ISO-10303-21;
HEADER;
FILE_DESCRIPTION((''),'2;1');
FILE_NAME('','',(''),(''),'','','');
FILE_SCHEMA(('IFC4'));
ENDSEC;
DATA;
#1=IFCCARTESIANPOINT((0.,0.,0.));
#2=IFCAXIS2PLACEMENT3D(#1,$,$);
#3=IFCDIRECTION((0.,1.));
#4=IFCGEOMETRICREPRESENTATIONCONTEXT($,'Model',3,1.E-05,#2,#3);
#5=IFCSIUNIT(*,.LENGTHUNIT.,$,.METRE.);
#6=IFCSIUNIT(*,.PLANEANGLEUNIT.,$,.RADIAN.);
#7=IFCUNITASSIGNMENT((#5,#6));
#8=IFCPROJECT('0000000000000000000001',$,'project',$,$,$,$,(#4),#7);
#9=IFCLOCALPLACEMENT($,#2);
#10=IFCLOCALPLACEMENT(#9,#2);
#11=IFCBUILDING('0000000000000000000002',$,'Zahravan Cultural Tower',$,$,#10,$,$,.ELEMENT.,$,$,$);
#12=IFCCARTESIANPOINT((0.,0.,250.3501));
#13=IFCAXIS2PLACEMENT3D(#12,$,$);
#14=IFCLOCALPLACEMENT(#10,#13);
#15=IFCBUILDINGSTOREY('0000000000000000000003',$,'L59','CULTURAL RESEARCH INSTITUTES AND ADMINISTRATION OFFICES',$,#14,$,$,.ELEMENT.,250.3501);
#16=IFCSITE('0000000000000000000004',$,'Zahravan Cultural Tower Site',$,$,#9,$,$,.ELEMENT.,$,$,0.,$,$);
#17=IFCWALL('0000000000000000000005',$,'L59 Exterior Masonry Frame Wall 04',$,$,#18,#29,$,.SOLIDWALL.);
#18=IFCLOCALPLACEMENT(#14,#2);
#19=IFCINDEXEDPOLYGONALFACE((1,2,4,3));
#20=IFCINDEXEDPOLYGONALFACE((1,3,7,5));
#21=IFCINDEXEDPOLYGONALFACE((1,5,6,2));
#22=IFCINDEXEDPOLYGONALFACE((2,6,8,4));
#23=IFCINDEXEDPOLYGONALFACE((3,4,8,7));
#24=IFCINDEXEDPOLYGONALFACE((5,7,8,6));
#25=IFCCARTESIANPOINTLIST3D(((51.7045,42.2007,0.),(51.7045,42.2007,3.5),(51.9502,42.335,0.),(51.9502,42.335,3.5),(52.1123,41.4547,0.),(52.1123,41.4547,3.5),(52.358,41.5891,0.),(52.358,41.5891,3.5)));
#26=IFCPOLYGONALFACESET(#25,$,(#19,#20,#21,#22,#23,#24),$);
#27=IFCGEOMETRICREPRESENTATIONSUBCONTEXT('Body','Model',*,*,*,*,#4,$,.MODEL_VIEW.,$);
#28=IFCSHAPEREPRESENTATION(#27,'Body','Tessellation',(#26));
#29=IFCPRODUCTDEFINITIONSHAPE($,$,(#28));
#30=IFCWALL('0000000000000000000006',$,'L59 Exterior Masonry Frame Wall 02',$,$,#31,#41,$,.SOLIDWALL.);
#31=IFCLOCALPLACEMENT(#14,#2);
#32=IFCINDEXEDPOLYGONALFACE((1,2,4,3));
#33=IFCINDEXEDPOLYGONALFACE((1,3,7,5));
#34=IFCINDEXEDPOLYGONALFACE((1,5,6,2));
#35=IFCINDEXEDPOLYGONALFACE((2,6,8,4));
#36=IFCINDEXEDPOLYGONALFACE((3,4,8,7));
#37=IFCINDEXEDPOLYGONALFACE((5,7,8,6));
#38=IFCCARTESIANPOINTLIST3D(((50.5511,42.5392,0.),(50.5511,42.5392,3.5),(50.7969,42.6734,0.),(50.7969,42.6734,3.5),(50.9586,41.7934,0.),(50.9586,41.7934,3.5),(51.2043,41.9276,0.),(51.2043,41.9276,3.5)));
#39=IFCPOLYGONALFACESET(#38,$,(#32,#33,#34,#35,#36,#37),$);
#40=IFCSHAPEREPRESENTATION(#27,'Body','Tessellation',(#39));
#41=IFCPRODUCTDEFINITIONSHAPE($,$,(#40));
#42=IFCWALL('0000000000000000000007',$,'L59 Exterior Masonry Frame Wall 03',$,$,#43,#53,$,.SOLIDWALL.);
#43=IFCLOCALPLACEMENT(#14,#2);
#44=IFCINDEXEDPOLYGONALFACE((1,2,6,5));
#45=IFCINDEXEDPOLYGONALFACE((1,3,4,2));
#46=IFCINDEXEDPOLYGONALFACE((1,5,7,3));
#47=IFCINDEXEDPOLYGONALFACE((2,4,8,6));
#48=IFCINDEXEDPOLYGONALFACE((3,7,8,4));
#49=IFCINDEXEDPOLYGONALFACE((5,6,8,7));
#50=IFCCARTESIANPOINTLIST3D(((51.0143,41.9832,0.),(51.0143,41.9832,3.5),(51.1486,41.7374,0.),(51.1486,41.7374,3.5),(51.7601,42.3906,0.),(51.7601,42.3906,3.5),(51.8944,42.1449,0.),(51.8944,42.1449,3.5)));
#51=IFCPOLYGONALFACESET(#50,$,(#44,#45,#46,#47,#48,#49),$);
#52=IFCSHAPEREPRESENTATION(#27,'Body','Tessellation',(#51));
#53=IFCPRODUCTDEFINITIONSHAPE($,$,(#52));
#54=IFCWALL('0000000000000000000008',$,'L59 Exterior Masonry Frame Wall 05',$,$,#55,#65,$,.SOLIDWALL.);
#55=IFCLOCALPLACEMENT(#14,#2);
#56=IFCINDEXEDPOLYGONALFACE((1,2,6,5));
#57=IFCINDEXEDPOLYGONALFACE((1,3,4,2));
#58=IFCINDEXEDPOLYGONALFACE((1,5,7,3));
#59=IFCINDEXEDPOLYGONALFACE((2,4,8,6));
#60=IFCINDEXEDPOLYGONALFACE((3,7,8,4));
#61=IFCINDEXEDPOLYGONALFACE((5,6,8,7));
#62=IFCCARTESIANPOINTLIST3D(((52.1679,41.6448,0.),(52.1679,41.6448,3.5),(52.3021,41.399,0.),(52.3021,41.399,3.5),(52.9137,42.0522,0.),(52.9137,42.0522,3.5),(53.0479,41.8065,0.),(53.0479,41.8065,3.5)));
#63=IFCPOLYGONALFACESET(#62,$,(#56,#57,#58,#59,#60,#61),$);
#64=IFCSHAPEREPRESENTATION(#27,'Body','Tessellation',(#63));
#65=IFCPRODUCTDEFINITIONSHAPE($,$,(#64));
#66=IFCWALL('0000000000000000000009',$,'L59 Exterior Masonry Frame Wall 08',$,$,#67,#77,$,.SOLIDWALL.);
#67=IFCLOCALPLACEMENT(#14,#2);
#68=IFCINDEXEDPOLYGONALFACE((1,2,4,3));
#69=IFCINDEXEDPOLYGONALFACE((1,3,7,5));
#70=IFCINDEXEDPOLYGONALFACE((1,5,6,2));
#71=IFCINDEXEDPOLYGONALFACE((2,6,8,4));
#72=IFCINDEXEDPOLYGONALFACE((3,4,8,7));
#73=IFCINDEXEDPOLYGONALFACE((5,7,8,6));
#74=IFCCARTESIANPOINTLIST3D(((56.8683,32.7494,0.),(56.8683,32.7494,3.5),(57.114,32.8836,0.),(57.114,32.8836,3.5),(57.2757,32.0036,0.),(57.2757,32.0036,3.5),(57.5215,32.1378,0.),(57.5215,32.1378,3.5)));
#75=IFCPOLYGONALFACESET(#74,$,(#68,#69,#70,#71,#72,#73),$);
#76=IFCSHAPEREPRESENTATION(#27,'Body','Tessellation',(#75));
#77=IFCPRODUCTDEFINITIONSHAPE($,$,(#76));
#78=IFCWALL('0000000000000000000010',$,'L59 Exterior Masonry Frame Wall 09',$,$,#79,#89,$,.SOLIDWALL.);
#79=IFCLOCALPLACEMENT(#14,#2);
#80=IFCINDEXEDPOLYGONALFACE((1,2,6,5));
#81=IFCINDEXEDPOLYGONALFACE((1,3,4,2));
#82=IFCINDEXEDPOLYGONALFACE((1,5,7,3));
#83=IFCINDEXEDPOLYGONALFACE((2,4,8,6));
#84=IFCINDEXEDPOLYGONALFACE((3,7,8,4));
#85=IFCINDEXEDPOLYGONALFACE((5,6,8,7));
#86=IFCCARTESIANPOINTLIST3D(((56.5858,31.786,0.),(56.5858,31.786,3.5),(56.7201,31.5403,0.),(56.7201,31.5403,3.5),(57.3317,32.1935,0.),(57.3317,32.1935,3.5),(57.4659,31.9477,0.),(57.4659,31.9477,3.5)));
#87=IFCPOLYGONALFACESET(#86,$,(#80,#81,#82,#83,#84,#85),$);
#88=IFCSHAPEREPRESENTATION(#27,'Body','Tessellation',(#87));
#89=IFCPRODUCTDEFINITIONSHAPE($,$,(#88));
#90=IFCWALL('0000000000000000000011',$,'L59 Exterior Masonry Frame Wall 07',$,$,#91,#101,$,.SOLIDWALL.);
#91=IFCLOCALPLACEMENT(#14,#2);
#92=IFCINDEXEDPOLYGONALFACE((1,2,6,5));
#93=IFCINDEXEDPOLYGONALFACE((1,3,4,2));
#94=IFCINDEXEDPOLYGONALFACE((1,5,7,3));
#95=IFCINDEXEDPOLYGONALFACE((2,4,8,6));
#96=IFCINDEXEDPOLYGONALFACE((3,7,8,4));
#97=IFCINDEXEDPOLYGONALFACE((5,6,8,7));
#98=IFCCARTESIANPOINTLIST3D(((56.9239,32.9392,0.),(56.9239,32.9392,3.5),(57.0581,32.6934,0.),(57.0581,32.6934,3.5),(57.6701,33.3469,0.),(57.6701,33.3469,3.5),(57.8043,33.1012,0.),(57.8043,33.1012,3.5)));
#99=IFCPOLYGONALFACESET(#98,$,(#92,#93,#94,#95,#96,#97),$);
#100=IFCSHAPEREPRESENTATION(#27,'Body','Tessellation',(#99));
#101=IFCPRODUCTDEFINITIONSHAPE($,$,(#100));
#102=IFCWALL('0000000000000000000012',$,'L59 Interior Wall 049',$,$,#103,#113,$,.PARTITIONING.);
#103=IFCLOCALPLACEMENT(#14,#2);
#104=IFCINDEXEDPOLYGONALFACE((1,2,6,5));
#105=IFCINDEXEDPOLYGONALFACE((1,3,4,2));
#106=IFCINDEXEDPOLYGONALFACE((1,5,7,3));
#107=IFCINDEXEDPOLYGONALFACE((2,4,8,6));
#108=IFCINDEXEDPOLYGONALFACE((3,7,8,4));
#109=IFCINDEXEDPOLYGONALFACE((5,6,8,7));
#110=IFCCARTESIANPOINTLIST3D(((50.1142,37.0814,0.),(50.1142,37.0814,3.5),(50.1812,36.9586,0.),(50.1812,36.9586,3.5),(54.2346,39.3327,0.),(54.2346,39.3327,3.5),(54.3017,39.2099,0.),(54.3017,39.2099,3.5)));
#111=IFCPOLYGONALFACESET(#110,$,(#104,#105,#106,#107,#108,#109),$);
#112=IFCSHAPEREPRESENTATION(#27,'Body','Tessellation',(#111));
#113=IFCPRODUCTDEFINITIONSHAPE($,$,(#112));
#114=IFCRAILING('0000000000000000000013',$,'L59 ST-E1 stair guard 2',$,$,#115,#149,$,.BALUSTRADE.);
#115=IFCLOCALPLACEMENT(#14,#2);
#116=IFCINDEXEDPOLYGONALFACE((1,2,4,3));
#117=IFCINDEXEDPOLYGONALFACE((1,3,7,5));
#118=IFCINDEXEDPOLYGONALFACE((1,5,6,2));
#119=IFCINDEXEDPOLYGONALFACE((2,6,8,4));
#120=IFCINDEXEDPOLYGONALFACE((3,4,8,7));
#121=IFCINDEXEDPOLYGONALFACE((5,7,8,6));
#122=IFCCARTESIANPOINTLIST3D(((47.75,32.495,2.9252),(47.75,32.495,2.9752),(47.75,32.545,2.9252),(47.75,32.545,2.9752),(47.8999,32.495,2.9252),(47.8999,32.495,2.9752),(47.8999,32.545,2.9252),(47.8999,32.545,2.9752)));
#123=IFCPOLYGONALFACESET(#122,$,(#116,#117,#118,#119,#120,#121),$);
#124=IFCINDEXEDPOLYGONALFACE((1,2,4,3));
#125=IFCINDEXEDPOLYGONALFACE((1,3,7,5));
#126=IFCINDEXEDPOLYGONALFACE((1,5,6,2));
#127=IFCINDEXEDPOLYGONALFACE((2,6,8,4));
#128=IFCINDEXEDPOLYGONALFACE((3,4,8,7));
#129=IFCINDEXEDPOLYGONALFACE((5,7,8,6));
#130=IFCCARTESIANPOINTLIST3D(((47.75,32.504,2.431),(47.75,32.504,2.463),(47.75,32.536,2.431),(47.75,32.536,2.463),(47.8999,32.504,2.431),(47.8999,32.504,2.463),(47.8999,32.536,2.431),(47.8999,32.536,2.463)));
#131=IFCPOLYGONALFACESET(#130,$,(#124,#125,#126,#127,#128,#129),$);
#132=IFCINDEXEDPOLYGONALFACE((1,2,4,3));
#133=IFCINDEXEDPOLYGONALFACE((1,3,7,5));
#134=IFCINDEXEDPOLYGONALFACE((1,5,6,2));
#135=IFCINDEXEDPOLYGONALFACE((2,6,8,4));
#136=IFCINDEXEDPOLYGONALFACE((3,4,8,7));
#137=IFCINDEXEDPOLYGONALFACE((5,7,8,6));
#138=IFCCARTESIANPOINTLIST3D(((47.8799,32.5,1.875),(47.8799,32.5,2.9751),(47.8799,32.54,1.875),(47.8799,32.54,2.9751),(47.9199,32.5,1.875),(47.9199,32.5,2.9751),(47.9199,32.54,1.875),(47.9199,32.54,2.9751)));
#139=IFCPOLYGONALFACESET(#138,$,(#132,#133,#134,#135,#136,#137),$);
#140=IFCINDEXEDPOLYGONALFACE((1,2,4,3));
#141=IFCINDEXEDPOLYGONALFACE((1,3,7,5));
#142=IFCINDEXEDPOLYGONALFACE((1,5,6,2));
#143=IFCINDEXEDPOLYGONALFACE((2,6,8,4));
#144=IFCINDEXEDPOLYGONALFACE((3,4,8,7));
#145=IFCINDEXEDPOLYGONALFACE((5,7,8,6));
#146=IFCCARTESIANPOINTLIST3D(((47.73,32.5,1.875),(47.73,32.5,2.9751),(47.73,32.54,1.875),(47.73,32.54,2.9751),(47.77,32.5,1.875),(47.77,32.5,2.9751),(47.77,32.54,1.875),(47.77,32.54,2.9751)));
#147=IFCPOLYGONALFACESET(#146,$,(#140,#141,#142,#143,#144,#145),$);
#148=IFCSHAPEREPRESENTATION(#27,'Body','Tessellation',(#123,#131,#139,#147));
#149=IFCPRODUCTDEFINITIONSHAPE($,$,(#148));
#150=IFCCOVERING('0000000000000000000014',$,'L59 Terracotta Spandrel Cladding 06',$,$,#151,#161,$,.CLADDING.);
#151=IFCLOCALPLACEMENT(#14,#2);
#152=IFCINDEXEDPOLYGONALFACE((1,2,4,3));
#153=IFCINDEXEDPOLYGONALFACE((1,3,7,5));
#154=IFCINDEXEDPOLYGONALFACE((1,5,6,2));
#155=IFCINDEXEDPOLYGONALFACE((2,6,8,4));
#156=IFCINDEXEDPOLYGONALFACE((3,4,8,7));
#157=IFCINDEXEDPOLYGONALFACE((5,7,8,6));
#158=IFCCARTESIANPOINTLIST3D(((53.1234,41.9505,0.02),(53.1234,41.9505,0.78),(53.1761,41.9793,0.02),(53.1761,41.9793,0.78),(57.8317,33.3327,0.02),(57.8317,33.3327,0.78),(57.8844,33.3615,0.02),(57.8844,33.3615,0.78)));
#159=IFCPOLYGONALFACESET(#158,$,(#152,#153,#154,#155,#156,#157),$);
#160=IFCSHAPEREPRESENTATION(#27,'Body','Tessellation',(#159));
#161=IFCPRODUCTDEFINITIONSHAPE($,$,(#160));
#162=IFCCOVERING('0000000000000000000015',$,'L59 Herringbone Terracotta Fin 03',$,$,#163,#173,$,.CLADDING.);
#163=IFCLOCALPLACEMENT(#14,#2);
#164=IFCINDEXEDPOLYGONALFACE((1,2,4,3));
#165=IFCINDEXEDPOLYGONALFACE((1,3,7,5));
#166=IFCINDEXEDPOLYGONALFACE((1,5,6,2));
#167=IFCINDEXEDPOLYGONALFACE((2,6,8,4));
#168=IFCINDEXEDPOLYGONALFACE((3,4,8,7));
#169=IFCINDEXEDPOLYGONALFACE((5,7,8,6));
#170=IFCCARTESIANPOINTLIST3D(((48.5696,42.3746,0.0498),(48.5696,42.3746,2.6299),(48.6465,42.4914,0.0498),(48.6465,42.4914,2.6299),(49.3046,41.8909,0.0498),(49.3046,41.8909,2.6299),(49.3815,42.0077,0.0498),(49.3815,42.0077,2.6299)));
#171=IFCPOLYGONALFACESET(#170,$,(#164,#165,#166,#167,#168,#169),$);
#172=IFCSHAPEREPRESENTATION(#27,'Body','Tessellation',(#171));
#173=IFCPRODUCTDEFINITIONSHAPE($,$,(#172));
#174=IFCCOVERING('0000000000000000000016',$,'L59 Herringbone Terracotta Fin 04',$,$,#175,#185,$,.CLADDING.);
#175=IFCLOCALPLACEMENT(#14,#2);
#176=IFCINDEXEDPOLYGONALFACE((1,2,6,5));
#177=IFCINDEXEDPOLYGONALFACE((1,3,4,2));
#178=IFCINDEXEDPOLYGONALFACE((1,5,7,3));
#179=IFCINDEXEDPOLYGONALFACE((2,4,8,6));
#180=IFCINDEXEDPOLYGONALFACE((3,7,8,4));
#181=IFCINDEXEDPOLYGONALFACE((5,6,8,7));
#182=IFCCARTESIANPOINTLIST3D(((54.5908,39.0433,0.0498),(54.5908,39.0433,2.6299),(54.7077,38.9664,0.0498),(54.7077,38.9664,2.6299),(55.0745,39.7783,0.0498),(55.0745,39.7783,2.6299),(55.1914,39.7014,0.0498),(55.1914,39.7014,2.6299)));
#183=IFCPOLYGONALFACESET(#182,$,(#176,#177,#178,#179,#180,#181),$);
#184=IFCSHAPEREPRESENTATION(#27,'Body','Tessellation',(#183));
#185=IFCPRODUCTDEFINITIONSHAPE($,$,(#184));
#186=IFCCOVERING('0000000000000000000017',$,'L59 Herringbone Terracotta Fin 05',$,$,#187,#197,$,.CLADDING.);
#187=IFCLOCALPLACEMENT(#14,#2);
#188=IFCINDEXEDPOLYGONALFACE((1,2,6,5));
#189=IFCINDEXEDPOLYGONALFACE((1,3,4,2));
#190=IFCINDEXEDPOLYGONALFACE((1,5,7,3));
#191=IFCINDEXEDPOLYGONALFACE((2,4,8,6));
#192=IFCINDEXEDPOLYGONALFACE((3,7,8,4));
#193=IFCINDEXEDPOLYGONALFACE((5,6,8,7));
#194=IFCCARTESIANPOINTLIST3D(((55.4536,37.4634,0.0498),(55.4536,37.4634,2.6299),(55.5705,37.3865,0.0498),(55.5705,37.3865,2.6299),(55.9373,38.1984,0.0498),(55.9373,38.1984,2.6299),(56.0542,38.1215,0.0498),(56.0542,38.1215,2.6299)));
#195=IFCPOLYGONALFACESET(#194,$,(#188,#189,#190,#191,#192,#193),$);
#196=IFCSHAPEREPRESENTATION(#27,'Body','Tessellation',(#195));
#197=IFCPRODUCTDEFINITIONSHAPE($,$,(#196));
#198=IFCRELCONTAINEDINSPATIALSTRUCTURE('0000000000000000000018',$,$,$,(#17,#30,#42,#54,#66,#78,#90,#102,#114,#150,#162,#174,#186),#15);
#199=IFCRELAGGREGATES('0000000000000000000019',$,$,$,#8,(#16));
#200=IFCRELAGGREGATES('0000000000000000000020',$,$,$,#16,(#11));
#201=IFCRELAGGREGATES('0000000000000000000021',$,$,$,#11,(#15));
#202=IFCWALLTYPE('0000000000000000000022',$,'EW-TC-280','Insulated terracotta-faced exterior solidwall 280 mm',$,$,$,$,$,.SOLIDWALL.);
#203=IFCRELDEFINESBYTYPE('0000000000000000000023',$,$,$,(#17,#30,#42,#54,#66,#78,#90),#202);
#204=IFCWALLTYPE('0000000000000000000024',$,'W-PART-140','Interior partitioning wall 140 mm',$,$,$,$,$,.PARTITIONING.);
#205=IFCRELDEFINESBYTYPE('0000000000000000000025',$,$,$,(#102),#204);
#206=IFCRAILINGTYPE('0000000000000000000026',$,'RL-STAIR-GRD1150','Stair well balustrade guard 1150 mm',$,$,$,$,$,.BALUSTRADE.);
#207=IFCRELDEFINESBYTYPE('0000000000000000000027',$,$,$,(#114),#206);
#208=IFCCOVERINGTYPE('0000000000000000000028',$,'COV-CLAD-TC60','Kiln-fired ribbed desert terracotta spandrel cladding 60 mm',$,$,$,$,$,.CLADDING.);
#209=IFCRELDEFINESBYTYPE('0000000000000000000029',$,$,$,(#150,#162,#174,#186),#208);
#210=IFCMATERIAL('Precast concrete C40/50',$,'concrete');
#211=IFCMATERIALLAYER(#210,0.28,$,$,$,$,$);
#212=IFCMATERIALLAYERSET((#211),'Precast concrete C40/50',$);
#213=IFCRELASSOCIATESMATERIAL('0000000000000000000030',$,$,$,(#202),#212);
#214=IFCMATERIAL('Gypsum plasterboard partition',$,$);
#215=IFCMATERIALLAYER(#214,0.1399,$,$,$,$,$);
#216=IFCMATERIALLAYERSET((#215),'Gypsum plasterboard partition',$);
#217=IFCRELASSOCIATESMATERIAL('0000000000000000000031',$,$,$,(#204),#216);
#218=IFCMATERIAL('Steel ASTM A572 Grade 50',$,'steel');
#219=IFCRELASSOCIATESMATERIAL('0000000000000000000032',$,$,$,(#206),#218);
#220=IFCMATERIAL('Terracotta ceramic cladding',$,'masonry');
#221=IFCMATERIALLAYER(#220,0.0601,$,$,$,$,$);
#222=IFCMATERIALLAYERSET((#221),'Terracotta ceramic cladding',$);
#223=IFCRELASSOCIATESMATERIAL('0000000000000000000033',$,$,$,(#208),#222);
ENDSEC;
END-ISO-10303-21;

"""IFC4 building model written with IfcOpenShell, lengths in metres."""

from ifc_helpers import new_model, si_unit, direction, frame, frame_2d, origin, origin_2d, place, context, subcontext, project, spatial, rectangle, extrude, source, transform, mapped, material, layer, layer_set, type_object, element, save


model = new_model("IFC4")

# Units and contexts
model_context = context("Model", 3, precision=1e-05, world=origin(), true_north=direction((0.0, 1.0)))
body_context = subcontext(model_context, "Body", "Model", "MODEL_VIEW")
ifc_project = project(units=[si_unit("LENGTHUNIT", "METRE"), si_unit("PLANEANGLEUNIT", "RADIAN")], contexts=[model_context])

# Site, building, storey
site_placement = place(None, origin())
site = spatial("IfcSite", under=ifc_project, at=site_placement, Name="Zahravan Cultural Tower Site", CompositionType="ELEMENT", RefElevation=0.0)
building_placement = place(site_placement, origin())
building = spatial("IfcBuilding", under=site, at=building_placement, Name="Zahravan Cultural Tower", CompositionType="ELEMENT")
storey_placement = place(building_placement, frame((0.0, 0.0, 250.3501)))
storey = spatial("IfcBuildingStorey", under=building, at=storey_placement, Name="L59", Description="CULTURAL RESEARCH INSTITUTES AND ADMINISTRATION OFFICES", CompositionType="ELEMENT", Elevation=250.3501)

# Shared definitions
ifc_material_1 = material(Name="Precast concrete C40/50", Category="concrete")
ifc_layer_1 = layer(ifc_material_1, 0.28)
ifc_layer_set_1 = layer_set([ifc_layer_1], Name="Precast concrete C40/50")
wall_type_1 = type_object("IfcWallType", Name="EW-TC-280", Description="Insulated terracotta-faced exterior solidwall 280 mm", PredefinedType="SOLIDWALL", material=ifc_layer_set_1)

# Shared definitions
ifc_material_2 = material(Name="Gypsum plasterboard partition")
ifc_layer_2 = layer(ifc_material_2, 0.1399)
ifc_layer_set_2 = layer_set([ifc_layer_2], Name="Gypsum plasterboard partition")
wall_type_2 = type_object("IfcWallType", Name="W-PART-140", Description="Interior partitioning wall 140 mm", PredefinedType="PARTITIONING", material=ifc_layer_set_2)

# Walls
shared_shape_1 = source(origin(), body_context, "Body", "SweptSolid", [
    extrude(rectangle(XDim=0.8501, YDim=0.28, at=frame_2d((0.425, 0.0))), origin(), (0.0, 0.0, 1.0), 3.5),
])
wall_1_placement = place(storey_placement, frame((51.8274, 42.2678, 0.0), z_axis=(0.0, 0.0, 1.0), x_axis=(0.479657, -0.877456, 0.0)))
element("IfcWall", 1, at=wall_1_placement, inside=storey, type_object=wall_type_1, Name="L59 Exterior Masonry Frame Wall 04", PredefinedType="SOLIDWALL", context=body_context, shape_type="MappedRepresentation", body=[
    mapped(shared_shape_1, transform((0.0, 0.0, 0.0), x_axis=(1.0, 0.0, 0.0), y_axis=(0.0, 1.0, 0.0), z_axis=(0.0, 0.0, 1.0), scale=1.0)),
])
shared_shape_2 = source(origin(), body_context, "Body", "SweptSolid", [
    extrude(rectangle(XDim=0.8499, YDim=0.28, at=frame_2d((0.4248, 0.0))), origin(), (0.0, 0.0, 1.0), 3.5),
])
for number, where, z_axis, x_axis, name in (
    (2, (50.6741, 42.6062, 0.0), (0.0, 0.0, 1.0), (0.479436, -0.877577, 0.0), "L59 Exterior Masonry Frame Wall 02"),
    (3, (51.0815, 41.8604, 0.0), (0.0, 0.0, 1.0), (0.877577, 0.479436, 0.0), "L59 Exterior Masonry Frame Wall 03"),
    (4, (52.2351, 41.522, 0.0), (0.0, 0.0, 1.0), (0.877577, 0.479436, 0.0), "L59 Exterior Masonry Frame Wall 05"),
    (5, (56.9912, 32.8164, 0.0), (0.0, 0.0, 1.0), (0.479436, -0.877577, 0.0), "L59 Exterior Masonry Frame Wall 08"),
    (6, (57.3987, 32.0706, 0.0), (0.0, 0.0, 1.0), (-0.877577, -0.479436, 0.0), "L59 Exterior Masonry Frame Wall 09"),
):
    element("IfcWall", number, at=place(storey_placement, frame(where, z_axis=z_axis, x_axis=x_axis)), inside=storey, type_object=wall_type_1, Name=name, PredefinedType="SOLIDWALL", context=body_context, shape_type="MappedRepresentation", body=[
        mapped(shared_shape_2, transform((0.0, 0.0, 0.0), x_axis=(1.0, 0.0, 0.0), y_axis=(0.0, 1.0, 0.0), z_axis=(0.0, 0.0, 1.0), scale=1.0)),
    ])
shared_shape_3 = source(origin(), body_context, "Body", "SweptSolid", [
    extrude(rectangle(XDim=0.8503, YDim=0.28, at=frame_2d((0.4253, 0.0))), origin(), (0.0, 0.0, 1.0), 3.5),
])
wall_2_placement = place(storey_placement, frame((57.7373, 33.2241, 0.0), z_axis=(0.0, 0.0, 1.0), x_axis=(-0.877522, -0.479536, 0.0)))
element("IfcWall", 7, at=wall_2_placement, inside=storey, type_object=wall_type_1, Name="L59 Exterior Masonry Frame Wall 07", PredefinedType="SOLIDWALL", context=body_context, shape_type="MappedRepresentation", body=[
    mapped(shared_shape_3, transform((0.0, 0.0, 0.0), x_axis=(1.0, 0.0, 0.0), y_axis=(0.0, 1.0, 0.0), z_axis=(0.0, 0.0, 1.0), scale=1.0)),
])
shared_shape_4 = source(origin(), body_context, "Body", "SweptSolid", [
    extrude(rectangle(XDim=4.6953, YDim=0.1399, at=frame_2d((2.3477, 0.0))), origin(), (0.0, 0.0, 1.0), 3.5),
])
wall_3_placement = place(storey_placement, frame((50.1477, 37.02, 0.0), z_axis=(0.0, 0.0, 1.0), x_axis=(0.87756, 0.479468, 0.0)))
element("IfcWall", 8, at=wall_3_placement, inside=storey, type_object=wall_type_2, Name="L59 Interior Wall 049", PredefinedType="PARTITIONING", context=body_context, shape_type="MappedRepresentation", body=[
    mapped(shared_shape_4, transform((0.0, 0.0, 0.0), x_axis=(1.0, 0.0, 0.0), y_axis=(0.0, 1.0, 0.0), z_axis=(0.0, 0.0, 1.0), scale=1.0)),
])

# Railing
ifc_material_3 = material(Name="Steel ASTM A572 Grade 50", Category="steel")
railing_type = type_object("IfcRailingType", Name="RL-STAIR-GRD1150", Description="Stair well balustrade guard 1150 mm", PredefinedType="BALUSTRADE", material=ifc_material_3)
railing_placement = place(storey_placement, frame((47.8999, 32.52, 1.875)))
element("IfcRailing", 9, at=railing_placement, inside=storey, type_object=railing_type, Name="L59 ST-E1 stair guard 2", PredefinedType="BALUSTRADE", context=body_context, shape_type="SweptSolid", body=[
    extrude(rectangle(XDim=0.05, YDim=0.05, at=origin_2d()), frame((0.0, 0.0, 1.0752), z_axis=(-1.0, 0.0, 0.0), x_axis=(0.0, -1.0, 0.0)), (0.0, 0.0, 1.0), 0.1499),
    extrude(rectangle(XDim=0.032, YDim=0.032, at=origin_2d()), frame((0.0, 0.0, 0.572), z_axis=(-1.0, 0.0, 0.0), x_axis=(0.0, -1.0, 0.0)), (0.0, 0.0, 1.0), 0.1499),
    extrude(rectangle(XDim=0.04, YDim=0.04, at=origin_2d()), origin(), (0.0, 0.0, 1.0), 1.1001),
    extrude(rectangle(XDim=0.04, YDim=0.04, at=origin_2d()), frame((-0.1499, 0.0, 0.0)), (0.0, 0.0, 1.0), 1.1001),
])

# Coverings
ifc_material_4 = material(Name="Terracotta ceramic cladding", Category="masonry")
ifc_layer_3 = layer(ifc_material_4, 0.0601)
ifc_layer_set_3 = layer_set([ifc_layer_3], Name="Terracotta ceramic cladding")
covering_type = type_object("IfcCoveringType", Name="COV-CLAD-TC60", Description="Kiln-fired ribbed desert terracotta spandrel cladding 60 mm", PredefinedType="CLADDING", material=ifc_layer_set_3)
shared_shape_5 = source(origin(), body_context, "Body", "SweptSolid", [
    extrude(rectangle(XDim=9.8201, YDim=0.0601, at=origin_2d()), origin(), (0.0, 0.0, 1.0), 0.76),
])
covering_placement = place(storey_placement, frame((55.5039, 37.656, 0.02), z_axis=(0.0, 0.0, 1.0), x_axis=(0.479458, -0.877565, 0.0)))
element("IfcCovering", 10, at=covering_placement, inside=storey, type_object=covering_type, Name="L59 Terracotta Spandrel Cladding 06", PredefinedType="CLADDING", context=body_context, shape_type="MappedRepresentation", body=[
    mapped(shared_shape_5, transform((0.0, 0.0, 0.0), x_axis=(1.0, 0.0, 0.0), y_axis=(0.0, 1.0, 0.0), z_axis=(0.0, 0.0, 1.0), scale=1.0)),
])
shared_shape_6 = source(origin(), body_context, "Body", "SweptSolid", [
    extrude(rectangle(XDim=0.8799, YDim=0.1399, at=origin_2d()), origin(), (0.0, 0.0, 1.0), 2.5801),
])
for number, where, z_axis, x_axis, name in (
    (11, (48.9756, 42.1912, 0.0498), (0.0, 0.0, 1.0), (-0.835328, 0.549752, 0.0), "L59 Herringbone Terracotta Fin 03"),
    (12, (54.8911, 39.3723, 0.0498), (0.0, 0.0, 1.0), (0.549752, 0.835328, 0.0), "L59 Herringbone Terracotta Fin 04"),
    (13, (55.7539, 37.7925, 0.0498), (0.0, 0.0, 1.0), (0.549752, 0.835328, 0.0), "L59 Herringbone Terracotta Fin 05"),
):
    element("IfcCovering", number, at=place(storey_placement, frame(where, z_axis=z_axis, x_axis=x_axis)), inside=storey, type_object=covering_type, Name=name, PredefinedType="CLADDING", context=body_context, shape_type="MappedRepresentation", body=[
        mapped(shared_shape_6, transform((0.0, 0.0, 0.0), x_axis=(1.0, 0.0, 0.0), y_axis=(0.0, 1.0, 0.0), z_axis=(0.0, 0.0, 1.0), scale=1.0)),
    ])

save(model, "model.ifc")
